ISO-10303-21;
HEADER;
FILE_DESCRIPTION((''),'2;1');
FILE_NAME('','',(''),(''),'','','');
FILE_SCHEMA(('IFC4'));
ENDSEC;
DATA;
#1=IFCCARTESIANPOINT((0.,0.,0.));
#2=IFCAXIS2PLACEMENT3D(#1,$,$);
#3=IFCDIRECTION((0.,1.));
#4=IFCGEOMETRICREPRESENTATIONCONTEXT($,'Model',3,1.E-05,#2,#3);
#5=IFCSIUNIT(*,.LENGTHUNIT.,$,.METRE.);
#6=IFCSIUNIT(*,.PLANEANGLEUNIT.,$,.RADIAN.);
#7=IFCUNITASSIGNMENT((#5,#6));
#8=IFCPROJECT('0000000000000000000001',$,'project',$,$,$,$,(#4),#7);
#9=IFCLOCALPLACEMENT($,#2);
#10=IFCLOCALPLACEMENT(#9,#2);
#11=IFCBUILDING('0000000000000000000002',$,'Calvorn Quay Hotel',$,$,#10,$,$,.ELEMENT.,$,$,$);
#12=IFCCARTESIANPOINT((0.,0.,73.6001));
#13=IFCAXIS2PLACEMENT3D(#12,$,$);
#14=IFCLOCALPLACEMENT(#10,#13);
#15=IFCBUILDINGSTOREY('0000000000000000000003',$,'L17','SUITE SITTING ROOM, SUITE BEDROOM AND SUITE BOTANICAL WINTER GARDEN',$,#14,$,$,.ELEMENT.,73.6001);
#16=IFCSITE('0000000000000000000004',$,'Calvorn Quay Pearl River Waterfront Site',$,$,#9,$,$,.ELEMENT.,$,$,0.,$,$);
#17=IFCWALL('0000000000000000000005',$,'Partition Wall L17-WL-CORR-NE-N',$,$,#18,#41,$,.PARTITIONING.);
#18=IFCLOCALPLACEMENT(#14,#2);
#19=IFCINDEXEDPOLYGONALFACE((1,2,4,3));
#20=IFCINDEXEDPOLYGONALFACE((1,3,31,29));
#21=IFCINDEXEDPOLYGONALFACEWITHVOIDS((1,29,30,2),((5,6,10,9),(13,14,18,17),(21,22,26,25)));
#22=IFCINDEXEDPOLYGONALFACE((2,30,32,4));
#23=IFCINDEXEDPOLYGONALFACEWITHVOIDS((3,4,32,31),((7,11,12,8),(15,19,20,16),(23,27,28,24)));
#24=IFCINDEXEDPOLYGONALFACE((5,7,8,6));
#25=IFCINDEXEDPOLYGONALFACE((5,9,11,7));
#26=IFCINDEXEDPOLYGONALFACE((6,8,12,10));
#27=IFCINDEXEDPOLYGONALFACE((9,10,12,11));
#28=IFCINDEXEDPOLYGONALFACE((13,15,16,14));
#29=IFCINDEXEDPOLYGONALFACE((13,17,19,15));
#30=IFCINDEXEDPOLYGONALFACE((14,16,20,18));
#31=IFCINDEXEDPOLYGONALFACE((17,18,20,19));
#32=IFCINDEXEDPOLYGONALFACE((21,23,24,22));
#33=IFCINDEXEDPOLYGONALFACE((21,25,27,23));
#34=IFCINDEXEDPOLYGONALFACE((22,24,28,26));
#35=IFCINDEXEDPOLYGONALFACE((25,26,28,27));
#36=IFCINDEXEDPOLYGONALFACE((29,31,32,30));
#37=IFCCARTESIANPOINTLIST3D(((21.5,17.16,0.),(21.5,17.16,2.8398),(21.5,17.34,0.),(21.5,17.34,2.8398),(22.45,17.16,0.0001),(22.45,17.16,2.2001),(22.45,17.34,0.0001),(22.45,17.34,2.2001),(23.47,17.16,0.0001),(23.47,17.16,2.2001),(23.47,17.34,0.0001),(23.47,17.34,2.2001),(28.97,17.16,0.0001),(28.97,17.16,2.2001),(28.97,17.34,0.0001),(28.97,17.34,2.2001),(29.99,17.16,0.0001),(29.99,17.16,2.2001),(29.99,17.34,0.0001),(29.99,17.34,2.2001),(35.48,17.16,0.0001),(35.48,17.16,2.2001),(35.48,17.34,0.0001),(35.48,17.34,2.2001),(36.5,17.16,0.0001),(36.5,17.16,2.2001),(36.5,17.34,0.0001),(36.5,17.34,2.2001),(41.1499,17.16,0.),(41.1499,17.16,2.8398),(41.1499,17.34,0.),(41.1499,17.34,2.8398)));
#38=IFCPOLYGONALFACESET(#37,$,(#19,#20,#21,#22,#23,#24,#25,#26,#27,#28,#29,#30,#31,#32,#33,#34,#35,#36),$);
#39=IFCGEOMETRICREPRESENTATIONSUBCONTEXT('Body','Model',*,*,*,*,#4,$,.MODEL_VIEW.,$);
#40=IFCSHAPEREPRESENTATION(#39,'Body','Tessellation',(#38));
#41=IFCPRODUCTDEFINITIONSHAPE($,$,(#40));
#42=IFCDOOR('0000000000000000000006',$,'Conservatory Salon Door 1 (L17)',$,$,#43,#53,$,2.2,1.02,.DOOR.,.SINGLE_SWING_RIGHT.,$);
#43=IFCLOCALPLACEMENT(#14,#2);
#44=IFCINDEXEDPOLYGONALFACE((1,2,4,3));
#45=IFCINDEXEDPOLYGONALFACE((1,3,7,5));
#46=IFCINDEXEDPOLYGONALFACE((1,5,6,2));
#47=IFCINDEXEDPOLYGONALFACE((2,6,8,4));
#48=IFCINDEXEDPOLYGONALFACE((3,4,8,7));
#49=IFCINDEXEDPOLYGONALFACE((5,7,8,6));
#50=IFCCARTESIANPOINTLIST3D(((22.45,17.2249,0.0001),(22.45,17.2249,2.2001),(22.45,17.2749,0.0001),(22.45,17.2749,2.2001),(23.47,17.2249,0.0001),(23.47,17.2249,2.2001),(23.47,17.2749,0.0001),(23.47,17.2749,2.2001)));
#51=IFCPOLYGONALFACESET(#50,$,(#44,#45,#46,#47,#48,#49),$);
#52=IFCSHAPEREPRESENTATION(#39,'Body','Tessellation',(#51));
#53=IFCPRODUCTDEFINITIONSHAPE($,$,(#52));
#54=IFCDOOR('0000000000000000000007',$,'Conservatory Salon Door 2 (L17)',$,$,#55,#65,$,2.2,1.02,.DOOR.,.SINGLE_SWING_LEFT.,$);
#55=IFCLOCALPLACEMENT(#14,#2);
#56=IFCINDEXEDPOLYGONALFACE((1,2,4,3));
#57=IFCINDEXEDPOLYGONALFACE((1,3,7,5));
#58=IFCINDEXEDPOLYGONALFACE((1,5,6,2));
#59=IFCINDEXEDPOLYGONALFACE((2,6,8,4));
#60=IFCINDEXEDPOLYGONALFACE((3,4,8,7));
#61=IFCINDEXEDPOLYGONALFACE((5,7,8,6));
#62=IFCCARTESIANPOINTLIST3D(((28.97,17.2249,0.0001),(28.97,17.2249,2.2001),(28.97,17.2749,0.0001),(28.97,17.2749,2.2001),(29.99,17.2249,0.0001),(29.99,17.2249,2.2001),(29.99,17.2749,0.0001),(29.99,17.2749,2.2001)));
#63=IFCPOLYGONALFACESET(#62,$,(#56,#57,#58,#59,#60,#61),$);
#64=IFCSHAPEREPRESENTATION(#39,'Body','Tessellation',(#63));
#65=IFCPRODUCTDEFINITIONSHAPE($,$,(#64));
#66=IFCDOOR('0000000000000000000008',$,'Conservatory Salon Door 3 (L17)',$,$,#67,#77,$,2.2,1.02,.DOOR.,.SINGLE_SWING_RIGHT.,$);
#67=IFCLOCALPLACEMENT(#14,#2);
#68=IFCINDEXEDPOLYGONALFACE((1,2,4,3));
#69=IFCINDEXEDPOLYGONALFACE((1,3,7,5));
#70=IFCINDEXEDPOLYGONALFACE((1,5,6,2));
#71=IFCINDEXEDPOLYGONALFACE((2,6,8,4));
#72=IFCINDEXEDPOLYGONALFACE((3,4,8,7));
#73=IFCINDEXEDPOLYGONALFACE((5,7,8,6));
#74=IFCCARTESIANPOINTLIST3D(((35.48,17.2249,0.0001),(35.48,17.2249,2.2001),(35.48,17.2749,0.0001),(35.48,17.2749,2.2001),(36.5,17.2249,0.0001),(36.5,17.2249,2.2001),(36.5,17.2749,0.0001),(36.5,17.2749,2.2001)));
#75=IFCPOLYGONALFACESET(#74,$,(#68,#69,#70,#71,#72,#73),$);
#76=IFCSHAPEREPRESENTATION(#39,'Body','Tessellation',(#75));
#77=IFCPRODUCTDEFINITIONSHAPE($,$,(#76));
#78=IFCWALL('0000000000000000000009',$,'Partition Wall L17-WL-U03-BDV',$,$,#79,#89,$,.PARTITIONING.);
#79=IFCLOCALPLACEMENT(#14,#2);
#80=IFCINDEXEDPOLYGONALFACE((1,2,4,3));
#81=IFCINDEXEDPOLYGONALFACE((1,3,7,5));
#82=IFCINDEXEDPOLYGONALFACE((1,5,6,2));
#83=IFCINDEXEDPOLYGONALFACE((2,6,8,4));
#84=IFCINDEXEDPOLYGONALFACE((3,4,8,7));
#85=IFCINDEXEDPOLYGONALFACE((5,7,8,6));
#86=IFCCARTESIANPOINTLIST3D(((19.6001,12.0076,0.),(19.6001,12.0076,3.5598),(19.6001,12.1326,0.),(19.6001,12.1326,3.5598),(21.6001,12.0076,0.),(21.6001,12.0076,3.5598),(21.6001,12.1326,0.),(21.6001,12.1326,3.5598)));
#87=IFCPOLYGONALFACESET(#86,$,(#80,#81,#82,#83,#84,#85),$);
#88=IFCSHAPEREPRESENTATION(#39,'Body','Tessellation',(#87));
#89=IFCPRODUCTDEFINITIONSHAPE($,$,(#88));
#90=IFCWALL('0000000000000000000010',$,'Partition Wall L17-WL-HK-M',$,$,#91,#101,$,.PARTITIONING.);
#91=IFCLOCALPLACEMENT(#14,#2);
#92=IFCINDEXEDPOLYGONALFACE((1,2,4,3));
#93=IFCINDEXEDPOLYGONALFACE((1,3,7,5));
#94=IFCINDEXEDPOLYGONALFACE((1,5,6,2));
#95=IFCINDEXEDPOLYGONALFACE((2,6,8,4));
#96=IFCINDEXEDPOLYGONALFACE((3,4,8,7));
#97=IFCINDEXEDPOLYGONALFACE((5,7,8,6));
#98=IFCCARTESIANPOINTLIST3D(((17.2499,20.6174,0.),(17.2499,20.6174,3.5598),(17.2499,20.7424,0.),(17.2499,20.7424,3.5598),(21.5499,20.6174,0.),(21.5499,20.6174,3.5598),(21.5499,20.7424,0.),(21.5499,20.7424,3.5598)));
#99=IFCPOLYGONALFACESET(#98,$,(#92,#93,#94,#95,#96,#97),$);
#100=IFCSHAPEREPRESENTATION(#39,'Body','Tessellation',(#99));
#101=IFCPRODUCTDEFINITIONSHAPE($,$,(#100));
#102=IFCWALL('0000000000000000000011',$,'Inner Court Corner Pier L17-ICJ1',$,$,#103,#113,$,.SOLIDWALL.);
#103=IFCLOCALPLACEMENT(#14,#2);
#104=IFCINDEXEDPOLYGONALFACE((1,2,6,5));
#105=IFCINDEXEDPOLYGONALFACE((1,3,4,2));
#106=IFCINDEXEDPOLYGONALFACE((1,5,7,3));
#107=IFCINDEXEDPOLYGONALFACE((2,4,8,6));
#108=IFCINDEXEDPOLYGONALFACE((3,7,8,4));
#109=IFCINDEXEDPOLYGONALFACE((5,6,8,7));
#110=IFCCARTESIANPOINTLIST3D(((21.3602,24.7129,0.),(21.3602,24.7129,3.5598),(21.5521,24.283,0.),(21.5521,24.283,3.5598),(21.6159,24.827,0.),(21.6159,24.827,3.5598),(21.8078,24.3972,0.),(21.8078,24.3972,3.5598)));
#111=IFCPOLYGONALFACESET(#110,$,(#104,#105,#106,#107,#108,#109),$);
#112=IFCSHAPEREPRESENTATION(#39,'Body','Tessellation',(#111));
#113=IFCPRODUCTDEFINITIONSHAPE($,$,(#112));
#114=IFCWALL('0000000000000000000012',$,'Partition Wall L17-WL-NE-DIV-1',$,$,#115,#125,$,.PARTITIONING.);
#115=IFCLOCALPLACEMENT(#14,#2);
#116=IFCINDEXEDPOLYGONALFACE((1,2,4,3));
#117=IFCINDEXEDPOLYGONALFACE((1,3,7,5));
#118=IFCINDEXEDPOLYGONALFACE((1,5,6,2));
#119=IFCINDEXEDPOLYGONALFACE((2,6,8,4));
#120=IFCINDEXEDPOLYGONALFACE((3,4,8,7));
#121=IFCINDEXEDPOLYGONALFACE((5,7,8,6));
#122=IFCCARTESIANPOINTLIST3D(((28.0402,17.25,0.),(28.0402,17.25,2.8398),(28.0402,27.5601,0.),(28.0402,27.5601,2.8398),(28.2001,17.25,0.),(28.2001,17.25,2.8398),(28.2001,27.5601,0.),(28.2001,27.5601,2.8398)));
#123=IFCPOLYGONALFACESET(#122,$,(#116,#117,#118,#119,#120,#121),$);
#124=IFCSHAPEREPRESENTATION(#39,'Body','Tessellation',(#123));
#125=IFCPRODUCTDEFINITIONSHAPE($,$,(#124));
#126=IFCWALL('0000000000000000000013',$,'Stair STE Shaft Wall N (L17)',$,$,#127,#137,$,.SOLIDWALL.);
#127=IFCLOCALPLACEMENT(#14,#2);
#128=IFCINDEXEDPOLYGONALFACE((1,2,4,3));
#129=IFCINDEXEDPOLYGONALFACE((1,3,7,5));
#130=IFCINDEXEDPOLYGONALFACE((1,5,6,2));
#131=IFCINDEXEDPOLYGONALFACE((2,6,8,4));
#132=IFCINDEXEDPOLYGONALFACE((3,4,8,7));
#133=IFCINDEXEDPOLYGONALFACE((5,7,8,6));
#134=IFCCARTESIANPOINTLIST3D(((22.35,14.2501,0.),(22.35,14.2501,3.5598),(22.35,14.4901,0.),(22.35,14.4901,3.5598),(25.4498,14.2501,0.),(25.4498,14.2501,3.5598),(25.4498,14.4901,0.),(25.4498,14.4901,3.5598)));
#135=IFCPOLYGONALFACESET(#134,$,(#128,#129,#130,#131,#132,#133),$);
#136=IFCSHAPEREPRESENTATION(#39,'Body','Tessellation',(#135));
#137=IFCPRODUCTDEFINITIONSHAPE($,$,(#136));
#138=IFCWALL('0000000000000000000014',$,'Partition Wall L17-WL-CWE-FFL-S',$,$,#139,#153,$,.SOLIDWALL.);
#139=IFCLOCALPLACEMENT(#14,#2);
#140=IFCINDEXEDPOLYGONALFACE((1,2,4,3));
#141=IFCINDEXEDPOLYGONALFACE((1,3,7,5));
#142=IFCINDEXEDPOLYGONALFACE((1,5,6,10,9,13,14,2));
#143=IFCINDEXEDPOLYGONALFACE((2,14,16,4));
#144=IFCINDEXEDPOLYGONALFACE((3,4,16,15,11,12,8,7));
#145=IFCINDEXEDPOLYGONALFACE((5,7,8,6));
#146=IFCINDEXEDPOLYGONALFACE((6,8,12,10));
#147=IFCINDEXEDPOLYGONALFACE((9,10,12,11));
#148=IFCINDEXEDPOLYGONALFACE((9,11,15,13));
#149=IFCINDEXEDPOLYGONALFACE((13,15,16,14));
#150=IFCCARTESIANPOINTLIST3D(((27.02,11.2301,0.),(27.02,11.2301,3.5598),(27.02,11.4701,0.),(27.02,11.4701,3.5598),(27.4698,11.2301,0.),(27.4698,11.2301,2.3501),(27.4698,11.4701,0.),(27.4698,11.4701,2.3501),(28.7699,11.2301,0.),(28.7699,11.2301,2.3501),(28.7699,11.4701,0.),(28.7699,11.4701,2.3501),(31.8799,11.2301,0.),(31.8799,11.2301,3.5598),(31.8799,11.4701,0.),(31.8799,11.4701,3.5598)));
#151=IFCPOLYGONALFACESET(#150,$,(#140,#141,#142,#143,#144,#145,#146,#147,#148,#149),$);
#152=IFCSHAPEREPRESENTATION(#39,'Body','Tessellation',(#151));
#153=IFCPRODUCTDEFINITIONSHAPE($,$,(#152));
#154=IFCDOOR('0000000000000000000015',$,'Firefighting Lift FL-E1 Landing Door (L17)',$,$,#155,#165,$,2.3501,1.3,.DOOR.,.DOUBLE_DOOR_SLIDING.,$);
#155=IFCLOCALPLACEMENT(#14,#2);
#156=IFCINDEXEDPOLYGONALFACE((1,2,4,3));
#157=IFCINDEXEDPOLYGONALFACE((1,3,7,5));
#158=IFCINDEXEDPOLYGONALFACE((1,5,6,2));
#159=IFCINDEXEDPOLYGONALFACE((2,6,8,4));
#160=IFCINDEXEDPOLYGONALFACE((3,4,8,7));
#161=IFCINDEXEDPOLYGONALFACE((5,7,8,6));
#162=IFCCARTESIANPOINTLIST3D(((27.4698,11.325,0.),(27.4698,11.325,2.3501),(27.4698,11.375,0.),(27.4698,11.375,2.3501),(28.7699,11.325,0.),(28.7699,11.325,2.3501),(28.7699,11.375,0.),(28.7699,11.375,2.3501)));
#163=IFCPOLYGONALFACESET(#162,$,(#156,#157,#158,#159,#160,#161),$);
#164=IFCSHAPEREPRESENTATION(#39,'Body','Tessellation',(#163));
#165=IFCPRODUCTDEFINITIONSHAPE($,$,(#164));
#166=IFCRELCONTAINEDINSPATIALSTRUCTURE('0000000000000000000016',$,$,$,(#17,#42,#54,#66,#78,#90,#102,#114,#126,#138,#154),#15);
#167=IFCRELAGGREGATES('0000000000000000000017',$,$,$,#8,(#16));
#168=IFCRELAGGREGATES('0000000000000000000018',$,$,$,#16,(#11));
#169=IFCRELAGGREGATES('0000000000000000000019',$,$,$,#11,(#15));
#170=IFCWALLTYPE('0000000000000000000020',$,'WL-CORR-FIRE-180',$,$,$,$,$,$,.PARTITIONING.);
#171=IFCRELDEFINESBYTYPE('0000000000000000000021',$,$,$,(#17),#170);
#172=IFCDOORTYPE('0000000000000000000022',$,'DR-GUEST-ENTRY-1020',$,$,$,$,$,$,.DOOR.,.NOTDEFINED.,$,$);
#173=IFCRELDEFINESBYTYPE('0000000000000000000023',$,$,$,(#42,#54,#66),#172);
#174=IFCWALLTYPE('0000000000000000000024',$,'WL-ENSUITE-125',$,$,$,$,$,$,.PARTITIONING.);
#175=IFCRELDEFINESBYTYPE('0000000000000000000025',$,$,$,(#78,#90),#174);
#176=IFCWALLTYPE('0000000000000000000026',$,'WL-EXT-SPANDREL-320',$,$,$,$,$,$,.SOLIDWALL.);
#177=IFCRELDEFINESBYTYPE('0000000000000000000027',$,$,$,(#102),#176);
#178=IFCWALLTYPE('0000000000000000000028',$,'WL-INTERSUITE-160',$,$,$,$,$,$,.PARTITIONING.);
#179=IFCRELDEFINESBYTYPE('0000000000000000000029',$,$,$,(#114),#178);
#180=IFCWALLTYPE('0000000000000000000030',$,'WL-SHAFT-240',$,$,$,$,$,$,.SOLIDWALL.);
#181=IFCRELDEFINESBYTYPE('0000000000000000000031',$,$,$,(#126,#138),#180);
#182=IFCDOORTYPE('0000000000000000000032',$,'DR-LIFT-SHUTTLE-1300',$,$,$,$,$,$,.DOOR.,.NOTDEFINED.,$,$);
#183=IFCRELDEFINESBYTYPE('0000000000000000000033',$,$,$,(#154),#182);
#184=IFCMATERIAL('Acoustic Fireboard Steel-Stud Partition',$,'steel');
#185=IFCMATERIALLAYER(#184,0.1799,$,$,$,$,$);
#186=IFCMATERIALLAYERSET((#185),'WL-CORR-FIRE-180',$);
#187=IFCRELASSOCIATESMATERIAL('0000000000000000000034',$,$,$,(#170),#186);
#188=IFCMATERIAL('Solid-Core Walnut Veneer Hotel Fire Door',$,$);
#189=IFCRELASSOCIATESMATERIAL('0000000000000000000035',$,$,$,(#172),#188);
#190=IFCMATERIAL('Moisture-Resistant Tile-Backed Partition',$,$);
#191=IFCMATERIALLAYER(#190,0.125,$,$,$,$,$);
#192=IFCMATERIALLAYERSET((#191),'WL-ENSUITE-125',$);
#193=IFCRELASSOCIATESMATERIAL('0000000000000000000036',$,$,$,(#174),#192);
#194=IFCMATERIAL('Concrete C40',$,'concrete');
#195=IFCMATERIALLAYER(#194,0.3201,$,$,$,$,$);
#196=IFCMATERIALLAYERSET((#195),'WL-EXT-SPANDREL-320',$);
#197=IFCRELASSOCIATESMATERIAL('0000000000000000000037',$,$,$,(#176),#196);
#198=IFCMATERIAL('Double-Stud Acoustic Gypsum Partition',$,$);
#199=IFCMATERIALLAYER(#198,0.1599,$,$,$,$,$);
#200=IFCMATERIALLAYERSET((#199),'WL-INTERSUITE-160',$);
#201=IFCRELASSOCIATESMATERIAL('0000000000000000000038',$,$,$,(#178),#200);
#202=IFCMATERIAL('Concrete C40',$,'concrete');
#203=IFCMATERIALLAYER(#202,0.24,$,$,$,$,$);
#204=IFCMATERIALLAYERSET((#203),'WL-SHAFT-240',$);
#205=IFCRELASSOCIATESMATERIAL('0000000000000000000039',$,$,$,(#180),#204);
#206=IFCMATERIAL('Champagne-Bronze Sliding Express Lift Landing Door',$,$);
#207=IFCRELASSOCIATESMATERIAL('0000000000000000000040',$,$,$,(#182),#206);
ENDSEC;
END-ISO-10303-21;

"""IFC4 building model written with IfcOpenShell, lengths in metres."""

from ifc_helpers import new_model, si_unit, direction, frame, frame_2d, origin, place, context, subcontext, project, spatial, rectangle, extrude, material, layer, layer_set, type_object, element, fill, save


model = new_model("IFC4")

# Units and contexts
model_context = context("Model", 3, precision=1e-05, world=origin(), true_north=direction((0.0, 1.0)))
body_context = subcontext(model_context, "Body", "Model", "MODEL_VIEW")
ifc_project = project(units=[si_unit("LENGTHUNIT", "METRE"), si_unit("PLANEANGLEUNIT", "RADIAN")], contexts=[model_context])

# Site, building, storey
site_placement = place(None, origin())
site = spatial("IfcSite", under=ifc_project, at=site_placement, Name="Calvorn Quay Pearl River Waterfront Site", CompositionType="ELEMENT", RefElevation=0.0)
building_placement = place(site_placement, origin())
building = spatial("IfcBuilding", under=site, at=building_placement, Name="Calvorn Quay Hotel", CompositionType="ELEMENT")
storey_placement = place(building_placement, frame((0.0, 0.0, 73.6001)))
storey = spatial("IfcBuildingStorey", under=building, at=storey_placement, Name="L17", Description="SUITE SITTING ROOM, SUITE BEDROOM AND SUITE BOTANICAL WINTER GARDEN", CompositionType="ELEMENT", Elevation=73.6001)

# Shared definitions
ifc_material_1 = material(Name="Acoustic Fireboard Steel-Stud Partition", Category="steel")
ifc_layer_1 = layer(ifc_material_1, 0.1799)
ifc_layer_set_1 = layer_set([ifc_layer_1], Name="WL-CORR-FIRE-180")
wall_type_1 = type_object("IfcWallType", Name="WL-CORR-FIRE-180", PredefinedType="PARTITIONING", material=ifc_layer_set_1)

# Wall, openings, doors
ifc_material_2 = material(Name="Solid-Core Walnut Veneer Hotel Fire Door")
door_type_1 = type_object("IfcDoorType", Name="DR-GUEST-ENTRY-1020", OperationType="NOTDEFINED", PredefinedType="DOOR", material=ifc_material_2)
wall_1_placement = place(storey_placement, frame((21.5, 17.25, 0.0), z_axis=(0.0, 0.0, 1.0), x_axis=(1.0, 0.0, 0.0)))
wall_1 = element("IfcWall", 1, at=wall_1_placement, inside=storey, type_object=wall_type_1, Name="Partition Wall L17-WL-CORR-NE-N", PredefinedType="PARTITIONING", context=body_context, shape_type="SweptSolid", body=[
    extrude(rectangle(XDim=19.6499, YDim=0.1799, at=frame_2d((9.825, 0.0))), origin(), (0.0, 0.0, 1.0), 2.8398),
])
opening_1_placement = place(wall_1_placement, frame((0.95, 0.0, 0.0)))
opening_1 = element("IfcOpeningElement", 2, at=opening_1_placement, cuts=wall_1, PredefinedType="OPENING", context=body_context, shape_type="SweptSolid", body=[
    extrude(rectangle(XDim=1.02, YDim=2.2, at=frame_2d((0.51, 1.1001))), frame((0.0, 0.0999, 0.0), z_axis=(0.0, -1.0, 0.0), x_axis=(1.0, 0.0, 0.0)), (0.0, 0.0, 1.0), 0.2),
])
opening_2_placement = place(wall_1_placement, frame((7.47, 0.0, 0.0)))
opening_2 = element("IfcOpeningElement", 3, at=opening_2_placement, cuts=wall_1, PredefinedType="OPENING", context=body_context, shape_type="SweptSolid", body=[
    extrude(rectangle(XDim=1.02, YDim=2.2, at=frame_2d((0.51, 1.1001))), frame((0.0, 0.0999, 0.0), z_axis=(0.0, -1.0, 0.0), x_axis=(1.0, 0.0, 0.0)), (0.0, 0.0, 1.0), 0.2),
])
opening_3_placement = place(wall_1_placement, frame((13.98, 0.0, 0.0)))
opening_3 = element("IfcOpeningElement", 4, at=opening_3_placement, cuts=wall_1, PredefinedType="OPENING", context=body_context, shape_type="SweptSolid", body=[
    extrude(rectangle(XDim=1.02, YDim=2.2, at=frame_2d((0.51, 1.1001))), frame((0.0, 0.0999, 0.0), z_axis=(0.0, -1.0, 0.0), x_axis=(1.0, 0.0, 0.0)), (0.0, 0.0, 1.0), 0.2),
])
door_1_placement = place(opening_1_placement, origin())
door_1 = element("IfcDoor", 5, at=door_1_placement, inside=storey, type_object=door_type_1, Name="Conservatory Salon Door 1 (L17)", OperationType="SINGLE_SWING_RIGHT", OverallHeight=2.2, OverallWidth=1.02, PredefinedType="DOOR", context=body_context, shape_type="SweptSolid", body=[
    extrude(rectangle(XDim=1.02, YDim=2.2, at=frame_2d((0.51, 1.1001))), frame((0.0, 0.0249, 0.0), z_axis=(0.0, -1.0, 0.0), x_axis=(1.0, 0.0, 0.0)), (0.0, 0.0, 1.0), 0.05),
])
fill(opening_1, door_1)
door_2_placement = place(opening_2_placement, origin())
door_2 = element("IfcDoor", 6, at=door_2_placement, inside=storey, type_object=door_type_1, Name="Conservatory Salon Door 2 (L17)", OperationType="SINGLE_SWING_LEFT", OverallHeight=2.2, OverallWidth=1.02, PredefinedType="DOOR", context=body_context, shape_type="SweptSolid", body=[
    extrude(rectangle(XDim=1.02, YDim=2.2, at=frame_2d((0.51, 1.1001))), frame((0.0, 0.0249, 0.0), z_axis=(0.0, -1.0, 0.0), x_axis=(1.0, 0.0, 0.0)), (0.0, 0.0, 1.0), 0.05),
])
fill(opening_2, door_2)
door_3_placement = place(opening_3_placement, origin())
door_3 = element("IfcDoor", 7, at=door_3_placement, inside=storey, type_object=door_type_1, Name="Conservatory Salon Door 3 (L17)", OperationType="SINGLE_SWING_RIGHT", OverallHeight=2.2, OverallWidth=1.02, PredefinedType="DOOR", context=body_context, shape_type="SweptSolid", body=[
    extrude(rectangle(XDim=1.02, YDim=2.2, at=frame_2d((0.51, 1.1001))), frame((0.0, 0.0249, 0.0), z_axis=(0.0, -1.0, 0.0), x_axis=(1.0, 0.0, 0.0)), (0.0, 0.0, 1.0), 0.05),
])
fill(opening_3, door_3)

# Walls
ifc_material_3 = material(Name="Moisture-Resistant Tile-Backed Partition")
ifc_layer_2 = layer(ifc_material_3, 0.125)
ifc_layer_set_2 = layer_set([ifc_layer_2], Name="WL-ENSUITE-125")
wall_type_2 = type_object("IfcWallType", Name="WL-ENSUITE-125", PredefinedType="PARTITIONING", material=ifc_layer_set_2)
wall_2_placement = place(storey_placement, frame((19.6001, 12.0701, 0.0), z_axis=(0.0, 0.0, 1.0), x_axis=(1.0, 0.0, 0.0)))
element("IfcWall", 8, at=wall_2_placement, inside=storey, type_object=wall_type_2, Name="Partition Wall L17-WL-U03-BDV", PredefinedType="PARTITIONING", context=body_context, shape_type="SweptSolid", body=[
    extrude(rectangle(XDim=2.0, YDim=0.125, at=frame_2d((1.0, 0.0))), origin(), (0.0, 0.0, 1.0), 3.5598),
])
wall_3_placement = place(storey_placement, frame((17.25, 20.6799, 0.0), z_axis=(0.0, 0.0, 1.0), x_axis=(1.0, 0.0, 0.0)))
element("IfcWall", 9, at=wall_3_placement, inside=storey, type_object=wall_type_2, Name="Partition Wall L17-WL-HK-M", PredefinedType="PARTITIONING", context=body_context, shape_type="SweptSolid", body=[
    extrude(rectangle(XDim=4.3, YDim=0.125, at=frame_2d((2.1499, 0.0))), origin(), (0.0, 0.0, 1.0), 3.5598),
])
ifc_material_4 = material(Name="Concrete C40", Category="concrete")
ifc_layer_3 = layer(ifc_material_4, 0.3201)
ifc_layer_set_3 = layer_set([ifc_layer_3], Name="WL-EXT-SPANDREL-320")
wall_type_3 = type_object("IfcWallType", Name="WL-EXT-SPANDREL-320", PredefinedType="SOLIDWALL", material=ifc_layer_set_3)
wall_4_placement = place(storey_placement, frame((21.6799, 24.3401, 0.0), z_axis=(0.0, 0.0, 1.0), x_axis=(-0.407581, 0.913169, 0.0)))
element("IfcWall", 10, at=wall_4_placement, inside=storey, type_object=wall_type_3, Name="Inner Court Corner Pier L17-ICJ1", PredefinedType="SOLIDWALL", context=body_context, shape_type="SweptSolid", body=[
    extrude(rectangle(XDim=0.4707, YDim=0.28, at=frame_2d((0.2354, 0.0))), origin(), (0.0, 0.0, 1.0), 3.5598),
])
ifc_material_5 = material(Name="Double-Stud Acoustic Gypsum Partition")
ifc_layer_4 = layer(ifc_material_5, 0.1599)
ifc_layer_set_4 = layer_set([ifc_layer_4], Name="WL-INTERSUITE-160")
wall_type_4 = type_object("IfcWallType", Name="WL-INTERSUITE-160", PredefinedType="PARTITIONING", material=ifc_layer_set_4)
wall_5_placement = place(storey_placement, frame((28.1201, 17.25, 0.0), z_axis=(0.0, 0.0, 1.0), x_axis=(0.0, 1.0, 0.0)))
element("IfcWall", 11, at=wall_5_placement, inside=storey, type_object=wall_type_4, Name="Partition Wall L17-WL-NE-DIV-1", PredefinedType="PARTITIONING", context=body_context, shape_type="SweptSolid", body=[
    extrude(rectangle(XDim=10.3101, YDim=0.1599, at=frame_2d((5.155, 0.0))), origin(), (0.0, 0.0, 1.0), 2.8398),
])
ifc_material_6 = material(Name="Concrete C40", Category="concrete")
ifc_layer_5 = layer(ifc_material_6, 0.24)
ifc_layer_set_5 = layer_set([ifc_layer_5], Name="WL-SHAFT-240")
wall_type_5 = type_object("IfcWallType", Name="WL-SHAFT-240", PredefinedType="SOLIDWALL", material=ifc_layer_set_5)
wall_6_placement = place(storey_placement, frame((22.3501, 14.3701, 0.0), z_axis=(0.0, 0.0, 1.0), x_axis=(1.0, 0.0, 0.0)))
element("IfcWall", 12, at=wall_6_placement, inside=storey, type_object=wall_type_5, Name="Stair STE Shaft Wall N (L17)", PredefinedType="SOLIDWALL", context=body_context, shape_type="SweptSolid", body=[
    extrude(rectangle(XDim=3.0999, YDim=0.24, at=frame_2d((1.5498, 0.0))), origin(), (0.0, 0.0, 1.0), 3.5598),
])

# Wall, opening, door
wall_7_placement = place(storey_placement, frame((27.02, 11.3501, 0.0), z_axis=(0.0, 0.0, 1.0), x_axis=(1.0, 0.0, 0.0)))
wall_7 = element("IfcWall", 13, at=wall_7_placement, inside=storey, type_object=wall_type_5, Name="Partition Wall L17-WL-CWE-FFL-S", PredefinedType="SOLIDWALL", context=body_context, shape_type="SweptSolid", body=[
    extrude(rectangle(XDim=4.8599, YDim=0.24, at=frame_2d((2.4299, 0.0))), origin(), (0.0, 0.0, 1.0), 3.5598),
])
opening_4_placement = place(wall_7_placement, frame((0.45, 0.0, 0.0)))
opening_4 = element("IfcOpeningElement", 14, at=opening_4_placement, cuts=wall_7, PredefinedType="OPENING", context=body_context, shape_type="SweptSolid", body=[
    extrude(rectangle(XDim=1.3, YDim=2.3501, at=frame_2d((0.6499, 1.175))), frame((0.0, 0.1299, 0.0), z_axis=(0.0, -1.0, 0.0), x_axis=(1.0, 0.0, 0.0)), (0.0, 0.0, 1.0), 0.26),
])
ifc_material_7 = material(Name="Champagne-Bronze Sliding Express Lift Landing Door")
door_type_2 = type_object("IfcDoorType", Name="DR-LIFT-SHUTTLE-1300", OperationType="NOTDEFINED", PredefinedType="DOOR", material=ifc_material_7)
door_4_placement = place(opening_4_placement, origin())
door_4 = element("IfcDoor", 15, at=door_4_placement, inside=storey, type_object=door_type_2, Name="Firefighting Lift FL-E1 Landing Door (L17)", OperationType="DOUBLE_DOOR_SLIDING", OverallHeight=2.3501, OverallWidth=1.3, PredefinedType="DOOR", context=body_context, shape_type="SweptSolid", body=[
    extrude(rectangle(XDim=1.3, YDim=2.3501, at=frame_2d((0.6499, 1.175))), frame((0.0, 0.0249, 0.0), z_axis=(0.0, -1.0, 0.0), x_axis=(1.0, 0.0, 0.0)), (0.0, 0.0, 1.0), 0.05),
])
fill(opening_4, door_4)

save(model, "model.ifc")
